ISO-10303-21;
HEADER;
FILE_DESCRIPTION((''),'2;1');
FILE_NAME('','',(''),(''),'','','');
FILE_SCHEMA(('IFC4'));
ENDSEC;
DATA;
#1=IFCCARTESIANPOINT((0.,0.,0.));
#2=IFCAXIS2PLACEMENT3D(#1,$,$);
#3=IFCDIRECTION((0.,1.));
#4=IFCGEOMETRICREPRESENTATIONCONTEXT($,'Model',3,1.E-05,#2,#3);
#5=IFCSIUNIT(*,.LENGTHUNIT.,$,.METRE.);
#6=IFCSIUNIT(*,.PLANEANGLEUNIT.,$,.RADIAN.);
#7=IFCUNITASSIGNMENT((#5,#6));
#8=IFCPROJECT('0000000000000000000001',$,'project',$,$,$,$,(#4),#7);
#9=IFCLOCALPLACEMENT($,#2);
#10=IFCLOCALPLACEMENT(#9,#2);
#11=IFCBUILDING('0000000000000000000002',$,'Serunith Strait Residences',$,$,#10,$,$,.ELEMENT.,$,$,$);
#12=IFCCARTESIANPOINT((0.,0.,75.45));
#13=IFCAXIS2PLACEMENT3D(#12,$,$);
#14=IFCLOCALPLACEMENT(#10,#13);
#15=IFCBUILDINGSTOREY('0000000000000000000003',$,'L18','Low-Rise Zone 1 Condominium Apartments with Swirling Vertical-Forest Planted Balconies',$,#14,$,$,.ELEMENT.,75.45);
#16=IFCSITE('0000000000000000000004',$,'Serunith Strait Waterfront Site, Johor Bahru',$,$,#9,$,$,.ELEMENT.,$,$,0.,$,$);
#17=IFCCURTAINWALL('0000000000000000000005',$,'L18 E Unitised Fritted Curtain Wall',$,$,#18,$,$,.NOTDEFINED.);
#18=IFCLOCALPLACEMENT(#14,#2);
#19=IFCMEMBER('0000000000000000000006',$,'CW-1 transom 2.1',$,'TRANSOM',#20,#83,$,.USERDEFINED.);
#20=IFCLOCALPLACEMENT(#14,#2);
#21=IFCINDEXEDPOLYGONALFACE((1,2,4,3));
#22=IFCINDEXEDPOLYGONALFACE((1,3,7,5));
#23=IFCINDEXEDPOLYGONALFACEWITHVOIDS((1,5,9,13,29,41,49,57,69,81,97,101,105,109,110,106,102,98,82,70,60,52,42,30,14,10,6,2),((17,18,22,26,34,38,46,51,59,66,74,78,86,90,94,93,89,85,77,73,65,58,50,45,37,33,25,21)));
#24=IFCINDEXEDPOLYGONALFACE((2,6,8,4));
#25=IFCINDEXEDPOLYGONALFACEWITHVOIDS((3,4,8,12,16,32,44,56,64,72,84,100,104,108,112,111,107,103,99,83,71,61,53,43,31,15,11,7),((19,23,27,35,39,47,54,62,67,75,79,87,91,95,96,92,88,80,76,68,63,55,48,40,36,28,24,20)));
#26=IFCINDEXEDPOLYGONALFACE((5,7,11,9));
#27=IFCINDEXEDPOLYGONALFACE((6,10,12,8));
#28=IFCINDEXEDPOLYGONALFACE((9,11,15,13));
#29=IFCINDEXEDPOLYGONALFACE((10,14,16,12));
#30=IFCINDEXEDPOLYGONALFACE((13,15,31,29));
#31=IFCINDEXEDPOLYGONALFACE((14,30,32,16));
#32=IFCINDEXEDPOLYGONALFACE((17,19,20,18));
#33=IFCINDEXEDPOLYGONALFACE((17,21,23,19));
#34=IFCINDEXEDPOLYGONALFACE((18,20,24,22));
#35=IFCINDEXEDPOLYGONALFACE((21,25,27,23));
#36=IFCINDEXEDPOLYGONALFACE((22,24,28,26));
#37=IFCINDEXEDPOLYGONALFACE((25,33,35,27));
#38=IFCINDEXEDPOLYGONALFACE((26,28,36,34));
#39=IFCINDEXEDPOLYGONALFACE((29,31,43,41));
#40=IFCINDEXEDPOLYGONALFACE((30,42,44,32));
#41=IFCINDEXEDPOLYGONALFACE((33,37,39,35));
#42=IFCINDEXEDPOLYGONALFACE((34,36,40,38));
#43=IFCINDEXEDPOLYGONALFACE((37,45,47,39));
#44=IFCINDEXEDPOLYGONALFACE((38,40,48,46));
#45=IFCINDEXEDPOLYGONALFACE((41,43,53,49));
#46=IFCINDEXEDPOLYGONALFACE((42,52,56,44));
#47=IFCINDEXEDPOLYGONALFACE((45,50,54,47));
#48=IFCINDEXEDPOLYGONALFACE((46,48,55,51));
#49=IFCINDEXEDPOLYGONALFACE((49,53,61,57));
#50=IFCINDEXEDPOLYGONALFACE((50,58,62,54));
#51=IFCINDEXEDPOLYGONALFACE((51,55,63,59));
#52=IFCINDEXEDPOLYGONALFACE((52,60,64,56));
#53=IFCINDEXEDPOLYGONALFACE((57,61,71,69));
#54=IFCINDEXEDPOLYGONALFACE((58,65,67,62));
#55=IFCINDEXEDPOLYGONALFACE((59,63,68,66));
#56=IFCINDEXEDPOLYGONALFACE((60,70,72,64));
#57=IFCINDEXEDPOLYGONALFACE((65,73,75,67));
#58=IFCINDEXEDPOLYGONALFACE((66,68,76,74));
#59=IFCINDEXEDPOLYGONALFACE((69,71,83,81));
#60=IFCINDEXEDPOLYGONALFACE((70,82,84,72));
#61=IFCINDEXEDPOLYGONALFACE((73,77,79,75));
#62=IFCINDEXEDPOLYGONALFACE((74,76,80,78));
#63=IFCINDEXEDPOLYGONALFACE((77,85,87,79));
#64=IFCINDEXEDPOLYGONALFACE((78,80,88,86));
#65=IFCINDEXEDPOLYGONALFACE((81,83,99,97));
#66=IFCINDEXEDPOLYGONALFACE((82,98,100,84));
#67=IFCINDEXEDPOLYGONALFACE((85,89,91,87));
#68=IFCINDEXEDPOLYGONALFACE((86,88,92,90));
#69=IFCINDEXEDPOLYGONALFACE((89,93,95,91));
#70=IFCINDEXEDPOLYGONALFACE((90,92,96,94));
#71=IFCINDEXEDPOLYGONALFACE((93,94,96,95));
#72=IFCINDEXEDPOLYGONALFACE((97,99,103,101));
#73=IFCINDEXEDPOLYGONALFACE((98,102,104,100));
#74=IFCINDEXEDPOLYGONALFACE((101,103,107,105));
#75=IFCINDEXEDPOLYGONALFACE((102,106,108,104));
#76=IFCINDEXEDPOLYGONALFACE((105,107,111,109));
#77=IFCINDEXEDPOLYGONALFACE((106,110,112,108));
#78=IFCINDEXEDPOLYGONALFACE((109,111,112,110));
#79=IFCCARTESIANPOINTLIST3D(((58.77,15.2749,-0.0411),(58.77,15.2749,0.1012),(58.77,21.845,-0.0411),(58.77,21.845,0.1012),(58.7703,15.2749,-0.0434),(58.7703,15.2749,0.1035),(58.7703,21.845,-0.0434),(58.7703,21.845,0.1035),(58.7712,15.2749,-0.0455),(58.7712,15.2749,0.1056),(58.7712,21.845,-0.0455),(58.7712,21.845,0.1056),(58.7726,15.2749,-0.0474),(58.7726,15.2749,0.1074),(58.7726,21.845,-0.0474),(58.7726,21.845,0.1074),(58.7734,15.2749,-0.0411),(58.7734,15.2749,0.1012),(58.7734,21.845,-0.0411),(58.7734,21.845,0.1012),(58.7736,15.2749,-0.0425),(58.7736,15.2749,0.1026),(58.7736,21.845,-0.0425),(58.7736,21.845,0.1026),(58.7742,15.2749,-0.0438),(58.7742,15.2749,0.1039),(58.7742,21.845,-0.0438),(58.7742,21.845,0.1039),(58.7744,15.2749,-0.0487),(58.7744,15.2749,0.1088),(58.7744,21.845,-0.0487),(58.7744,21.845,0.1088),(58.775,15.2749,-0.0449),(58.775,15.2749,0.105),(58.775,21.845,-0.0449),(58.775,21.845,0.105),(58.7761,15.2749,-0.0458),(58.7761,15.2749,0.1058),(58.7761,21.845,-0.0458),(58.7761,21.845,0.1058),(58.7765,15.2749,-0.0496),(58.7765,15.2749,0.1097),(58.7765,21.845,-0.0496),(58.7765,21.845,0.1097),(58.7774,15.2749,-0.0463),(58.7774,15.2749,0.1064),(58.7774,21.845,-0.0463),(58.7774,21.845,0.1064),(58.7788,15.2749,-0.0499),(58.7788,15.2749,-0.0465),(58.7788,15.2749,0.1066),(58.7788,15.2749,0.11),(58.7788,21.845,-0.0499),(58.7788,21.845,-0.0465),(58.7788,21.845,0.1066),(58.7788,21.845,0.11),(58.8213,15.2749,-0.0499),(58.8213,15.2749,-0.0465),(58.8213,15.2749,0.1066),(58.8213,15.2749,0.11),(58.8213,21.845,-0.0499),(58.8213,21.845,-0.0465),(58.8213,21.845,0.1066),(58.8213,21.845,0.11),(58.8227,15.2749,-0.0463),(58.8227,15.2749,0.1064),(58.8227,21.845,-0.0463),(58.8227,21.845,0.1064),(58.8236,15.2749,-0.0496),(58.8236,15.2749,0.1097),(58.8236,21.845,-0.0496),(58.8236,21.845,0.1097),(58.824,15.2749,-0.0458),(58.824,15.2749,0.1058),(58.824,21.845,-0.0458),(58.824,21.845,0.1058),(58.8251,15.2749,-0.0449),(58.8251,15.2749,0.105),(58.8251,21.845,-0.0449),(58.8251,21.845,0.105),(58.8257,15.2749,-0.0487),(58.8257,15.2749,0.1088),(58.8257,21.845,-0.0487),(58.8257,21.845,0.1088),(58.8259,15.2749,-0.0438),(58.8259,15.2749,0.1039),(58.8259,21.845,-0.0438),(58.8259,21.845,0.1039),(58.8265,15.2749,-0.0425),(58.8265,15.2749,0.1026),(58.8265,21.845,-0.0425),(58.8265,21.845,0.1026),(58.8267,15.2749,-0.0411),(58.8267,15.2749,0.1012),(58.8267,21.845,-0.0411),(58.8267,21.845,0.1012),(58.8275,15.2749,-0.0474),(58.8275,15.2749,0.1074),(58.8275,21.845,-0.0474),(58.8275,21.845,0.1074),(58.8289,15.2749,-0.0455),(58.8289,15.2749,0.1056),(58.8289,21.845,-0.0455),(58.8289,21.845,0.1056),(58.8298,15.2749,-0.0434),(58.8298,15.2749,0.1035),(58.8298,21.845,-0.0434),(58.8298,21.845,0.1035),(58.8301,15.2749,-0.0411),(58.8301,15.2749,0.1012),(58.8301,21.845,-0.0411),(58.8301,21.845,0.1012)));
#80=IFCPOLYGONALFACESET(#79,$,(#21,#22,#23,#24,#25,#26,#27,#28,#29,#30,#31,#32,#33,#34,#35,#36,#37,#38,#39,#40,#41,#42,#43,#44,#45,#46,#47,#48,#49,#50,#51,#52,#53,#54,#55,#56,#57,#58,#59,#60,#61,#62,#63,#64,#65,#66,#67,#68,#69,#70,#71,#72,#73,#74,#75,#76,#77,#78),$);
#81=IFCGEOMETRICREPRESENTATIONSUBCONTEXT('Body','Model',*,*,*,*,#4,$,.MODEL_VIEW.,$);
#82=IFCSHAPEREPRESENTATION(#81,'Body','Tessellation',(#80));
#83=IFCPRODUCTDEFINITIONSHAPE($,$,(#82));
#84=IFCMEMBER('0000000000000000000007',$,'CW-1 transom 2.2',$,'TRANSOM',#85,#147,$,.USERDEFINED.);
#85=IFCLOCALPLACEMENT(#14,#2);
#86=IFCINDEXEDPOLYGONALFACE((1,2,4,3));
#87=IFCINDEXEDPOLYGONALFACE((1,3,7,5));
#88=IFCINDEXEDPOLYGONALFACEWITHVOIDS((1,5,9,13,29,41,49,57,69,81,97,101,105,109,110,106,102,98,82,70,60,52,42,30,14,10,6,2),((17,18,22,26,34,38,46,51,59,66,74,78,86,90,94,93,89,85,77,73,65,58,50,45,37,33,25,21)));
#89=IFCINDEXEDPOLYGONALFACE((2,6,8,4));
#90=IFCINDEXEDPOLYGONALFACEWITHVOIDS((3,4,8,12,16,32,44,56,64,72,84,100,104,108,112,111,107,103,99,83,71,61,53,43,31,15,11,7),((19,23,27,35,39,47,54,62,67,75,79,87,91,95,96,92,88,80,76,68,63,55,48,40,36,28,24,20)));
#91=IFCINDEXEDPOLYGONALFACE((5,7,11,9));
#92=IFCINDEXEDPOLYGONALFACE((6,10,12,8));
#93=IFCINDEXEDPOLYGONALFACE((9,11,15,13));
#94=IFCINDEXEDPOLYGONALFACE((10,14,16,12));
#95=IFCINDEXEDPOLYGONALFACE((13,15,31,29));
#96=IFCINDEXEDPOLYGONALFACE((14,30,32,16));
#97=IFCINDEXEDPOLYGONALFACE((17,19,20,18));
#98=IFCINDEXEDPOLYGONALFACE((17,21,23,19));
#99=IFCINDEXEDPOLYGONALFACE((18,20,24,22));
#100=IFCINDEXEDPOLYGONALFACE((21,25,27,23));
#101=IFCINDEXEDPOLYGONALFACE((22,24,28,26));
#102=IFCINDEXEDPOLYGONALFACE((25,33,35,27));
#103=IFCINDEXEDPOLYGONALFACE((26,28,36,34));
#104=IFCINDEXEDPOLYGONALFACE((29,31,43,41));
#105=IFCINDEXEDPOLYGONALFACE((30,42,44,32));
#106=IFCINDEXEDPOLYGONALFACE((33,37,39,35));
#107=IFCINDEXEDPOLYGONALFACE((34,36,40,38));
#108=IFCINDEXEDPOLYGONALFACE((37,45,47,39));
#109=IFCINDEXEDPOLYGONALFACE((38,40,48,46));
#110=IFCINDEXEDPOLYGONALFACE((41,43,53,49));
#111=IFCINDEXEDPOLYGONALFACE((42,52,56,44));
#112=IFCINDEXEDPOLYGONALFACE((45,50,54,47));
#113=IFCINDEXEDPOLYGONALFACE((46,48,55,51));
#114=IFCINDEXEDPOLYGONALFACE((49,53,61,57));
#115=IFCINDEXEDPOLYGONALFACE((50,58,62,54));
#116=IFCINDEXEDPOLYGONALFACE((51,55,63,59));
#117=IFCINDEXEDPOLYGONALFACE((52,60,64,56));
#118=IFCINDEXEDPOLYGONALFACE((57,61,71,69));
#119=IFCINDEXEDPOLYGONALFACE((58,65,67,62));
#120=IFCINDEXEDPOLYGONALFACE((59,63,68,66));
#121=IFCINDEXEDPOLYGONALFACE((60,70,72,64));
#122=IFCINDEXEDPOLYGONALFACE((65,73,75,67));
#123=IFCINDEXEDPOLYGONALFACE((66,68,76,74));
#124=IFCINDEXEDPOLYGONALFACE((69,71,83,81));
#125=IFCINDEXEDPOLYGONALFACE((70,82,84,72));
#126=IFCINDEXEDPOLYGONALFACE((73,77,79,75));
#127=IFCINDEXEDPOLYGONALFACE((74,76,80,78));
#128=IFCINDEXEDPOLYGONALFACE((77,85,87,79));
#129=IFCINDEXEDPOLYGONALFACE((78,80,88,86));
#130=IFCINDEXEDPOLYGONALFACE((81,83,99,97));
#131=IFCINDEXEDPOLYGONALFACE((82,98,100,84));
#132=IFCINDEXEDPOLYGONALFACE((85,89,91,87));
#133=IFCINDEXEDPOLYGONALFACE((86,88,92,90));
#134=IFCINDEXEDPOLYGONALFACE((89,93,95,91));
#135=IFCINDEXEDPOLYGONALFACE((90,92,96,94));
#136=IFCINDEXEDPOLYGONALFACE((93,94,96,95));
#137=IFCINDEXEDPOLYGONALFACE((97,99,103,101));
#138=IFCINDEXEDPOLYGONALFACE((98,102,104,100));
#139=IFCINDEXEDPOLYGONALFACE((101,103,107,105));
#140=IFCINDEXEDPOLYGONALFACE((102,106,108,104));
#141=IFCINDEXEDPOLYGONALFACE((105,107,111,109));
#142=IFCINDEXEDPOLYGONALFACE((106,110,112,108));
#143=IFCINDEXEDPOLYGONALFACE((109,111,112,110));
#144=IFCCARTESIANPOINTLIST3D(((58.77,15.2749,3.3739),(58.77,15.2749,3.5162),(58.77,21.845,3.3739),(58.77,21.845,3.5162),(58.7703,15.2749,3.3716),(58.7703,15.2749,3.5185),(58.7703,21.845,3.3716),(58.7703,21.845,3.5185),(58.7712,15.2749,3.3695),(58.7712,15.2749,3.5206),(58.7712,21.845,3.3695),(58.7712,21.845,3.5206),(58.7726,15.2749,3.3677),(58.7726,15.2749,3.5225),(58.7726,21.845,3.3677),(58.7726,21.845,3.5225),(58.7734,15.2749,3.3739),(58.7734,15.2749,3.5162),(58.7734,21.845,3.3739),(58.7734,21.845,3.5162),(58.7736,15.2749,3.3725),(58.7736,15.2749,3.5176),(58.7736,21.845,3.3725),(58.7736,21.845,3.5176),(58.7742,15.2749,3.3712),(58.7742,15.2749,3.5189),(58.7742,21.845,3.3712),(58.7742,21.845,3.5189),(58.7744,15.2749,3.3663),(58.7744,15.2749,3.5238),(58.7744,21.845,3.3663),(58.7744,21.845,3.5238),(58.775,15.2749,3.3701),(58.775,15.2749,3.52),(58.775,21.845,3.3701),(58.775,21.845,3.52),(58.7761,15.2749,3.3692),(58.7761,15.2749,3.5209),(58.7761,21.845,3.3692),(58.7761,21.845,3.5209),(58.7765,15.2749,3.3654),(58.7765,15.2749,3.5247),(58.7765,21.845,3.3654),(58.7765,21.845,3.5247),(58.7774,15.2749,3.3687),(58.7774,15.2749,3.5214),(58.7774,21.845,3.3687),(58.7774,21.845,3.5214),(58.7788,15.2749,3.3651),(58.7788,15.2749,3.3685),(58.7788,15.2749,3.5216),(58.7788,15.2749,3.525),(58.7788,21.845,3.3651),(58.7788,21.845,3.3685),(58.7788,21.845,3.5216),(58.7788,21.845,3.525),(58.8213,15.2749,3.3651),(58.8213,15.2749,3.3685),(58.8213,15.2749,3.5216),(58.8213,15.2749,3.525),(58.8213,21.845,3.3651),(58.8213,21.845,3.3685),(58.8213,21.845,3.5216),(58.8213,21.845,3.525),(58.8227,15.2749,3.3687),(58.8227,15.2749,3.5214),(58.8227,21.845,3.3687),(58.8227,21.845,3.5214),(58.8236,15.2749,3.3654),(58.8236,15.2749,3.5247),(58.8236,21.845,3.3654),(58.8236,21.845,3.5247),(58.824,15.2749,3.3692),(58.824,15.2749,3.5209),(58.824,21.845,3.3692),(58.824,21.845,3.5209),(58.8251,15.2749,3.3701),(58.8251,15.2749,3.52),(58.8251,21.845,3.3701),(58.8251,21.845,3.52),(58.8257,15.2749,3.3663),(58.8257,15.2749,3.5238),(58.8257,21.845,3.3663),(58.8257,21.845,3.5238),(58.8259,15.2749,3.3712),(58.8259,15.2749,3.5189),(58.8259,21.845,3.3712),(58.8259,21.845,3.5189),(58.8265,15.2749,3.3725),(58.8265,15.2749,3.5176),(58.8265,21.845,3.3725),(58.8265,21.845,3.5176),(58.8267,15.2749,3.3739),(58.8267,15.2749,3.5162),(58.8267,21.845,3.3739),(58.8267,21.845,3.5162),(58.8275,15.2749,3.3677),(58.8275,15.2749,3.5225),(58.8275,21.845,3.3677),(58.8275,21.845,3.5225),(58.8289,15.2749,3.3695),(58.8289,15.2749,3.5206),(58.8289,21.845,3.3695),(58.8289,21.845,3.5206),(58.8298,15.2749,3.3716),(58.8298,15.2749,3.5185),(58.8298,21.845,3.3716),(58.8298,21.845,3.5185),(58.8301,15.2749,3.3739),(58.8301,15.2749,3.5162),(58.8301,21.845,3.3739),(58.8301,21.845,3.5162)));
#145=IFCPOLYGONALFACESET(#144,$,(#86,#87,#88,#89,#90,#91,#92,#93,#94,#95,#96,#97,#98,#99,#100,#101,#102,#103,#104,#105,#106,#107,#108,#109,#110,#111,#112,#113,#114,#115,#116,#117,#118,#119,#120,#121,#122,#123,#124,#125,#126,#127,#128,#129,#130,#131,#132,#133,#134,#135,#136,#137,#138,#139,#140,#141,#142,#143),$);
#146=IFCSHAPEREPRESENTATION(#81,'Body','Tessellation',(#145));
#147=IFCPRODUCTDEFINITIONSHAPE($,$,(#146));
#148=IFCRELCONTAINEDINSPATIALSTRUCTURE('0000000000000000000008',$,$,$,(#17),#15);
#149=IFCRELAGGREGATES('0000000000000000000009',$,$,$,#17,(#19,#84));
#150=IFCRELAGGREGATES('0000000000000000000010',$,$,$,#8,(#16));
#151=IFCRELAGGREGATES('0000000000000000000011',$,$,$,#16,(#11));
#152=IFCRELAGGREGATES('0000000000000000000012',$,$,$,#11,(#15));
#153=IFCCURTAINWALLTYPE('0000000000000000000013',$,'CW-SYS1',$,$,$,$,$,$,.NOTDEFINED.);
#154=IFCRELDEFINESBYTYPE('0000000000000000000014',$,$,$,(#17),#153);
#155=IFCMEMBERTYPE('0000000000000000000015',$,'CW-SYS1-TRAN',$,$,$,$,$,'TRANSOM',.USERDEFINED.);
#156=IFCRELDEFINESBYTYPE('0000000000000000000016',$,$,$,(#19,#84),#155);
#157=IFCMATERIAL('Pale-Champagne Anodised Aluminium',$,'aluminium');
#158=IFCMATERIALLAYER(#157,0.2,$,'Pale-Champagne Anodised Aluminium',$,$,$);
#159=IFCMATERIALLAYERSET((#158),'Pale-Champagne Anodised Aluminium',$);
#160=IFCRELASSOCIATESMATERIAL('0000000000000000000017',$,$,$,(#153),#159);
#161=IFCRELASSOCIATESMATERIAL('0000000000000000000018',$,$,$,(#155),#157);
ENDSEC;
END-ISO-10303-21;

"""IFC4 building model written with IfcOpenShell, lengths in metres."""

from ifc_helpers import new_model, si_unit, direction, frame, origin, origin_2d, place, context, subcontext, project, spatial, hollow_rectangle, extrude, source, transform, mapped, material, layer, layer_set, material_profile, profile_set, type_object, element, aggregate, save


model = new_model("IFC4")

# Units and contexts
model_context = context("Model", 3, precision=1e-05, world=origin(), true_north=direction((0.0, 1.0)))
body_context = subcontext(model_context, "Body", "Model", "MODEL_VIEW")
ifc_project = project(units=[si_unit("LENGTHUNIT", "METRE"), si_unit("PLANEANGLEUNIT", "RADIAN")], contexts=[model_context])

# Site, building, storey
site_placement = place(None, origin())
site = spatial("IfcSite", under=ifc_project, at=site_placement, Name="Serunith Strait Waterfront Site, Johor Bahru", CompositionType="ELEMENT", RefElevation=0.0)
building_placement = place(site_placement, origin())
building = spatial("IfcBuilding", under=site, at=building_placement, Name="Serunith Strait Residences", CompositionType="ELEMENT")
storey_placement = place(building_placement, frame((0.0, 0.0, 75.45)))
storey = spatial("IfcBuildingStorey", under=building, at=storey_placement, Name="L18", Description="Low-Rise Zone 1 Condominium Apartments with Swirling Vertical-Forest Planted Balconies", CompositionType="ELEMENT", Elevation=75.45)

# Curtain wall, members
ifc_material_1 = material(Name="Pale-Champagne Anodised Aluminium", Category="aluminium")
ifc_layer_1 = layer(ifc_material_1, 0.2, Name="Pale-Champagne Anodised Aluminium")
ifc_layer_set_1 = layer_set([ifc_layer_1], Name="Pale-Champagne Anodised Aluminium")
curtain_wall_type = type_object("IfcCurtainWallType", Name="CW-SYS1", PredefinedType="NOTDEFINED", material=ifc_layer_set_1)
curtain_wall_placement = place(storey_placement, origin())
curtain_wall = element("IfcCurtainWall", 1, at=curtain_wall_placement, inside=storey, type_object=curtain_wall_type, Name="L18 E Unitised Fritted Curtain Wall", PredefinedType="NOTDEFINED")
ifc_material_profile_1 = material_profile(ifc_material_1, hollow_rectangle(XDim=0.0601, YDim=0.1599, WallThickness=0.0034, InnerFilletRadius=0.0054, OuterFilletRadius=0.0088, at=origin_2d()), Name="ALU 160x60x3.5")
ifc_profile_set_1 = profile_set([ifc_material_profile_1], Name="Pale-Champagne Anodised Aluminium")
member_type_1 = type_object("IfcMemberType", Name="CW-SYS1-TRAN", ElementType="TRANSOM", PredefinedType="USERDEFINED", material=ifc_profile_set_1)
shared_shape_1 = source(origin(), body_context, "Body", "SweptSolid", [
    extrude(hollow_rectangle(XDim=0.0601, YDim=0.1599, WallThickness=0.0034, InnerFilletRadius=0.0054, OuterFilletRadius=0.0088, at=origin_2d()), origin(), (0.0, 0.0, 1.0), 6.5701),
])
member_1_placement = place(storey_placement, frame((58.8, 15.2749, 0.03), z_axis=(0.0, 1.0, 0.0), x_axis=(-1.0, 0.0, 0.0)))
member_1 = element("IfcMember", 2, at=member_1_placement, type_object=member_type_1, Name="CW-1 transom 2.1", ObjectType="TRANSOM", PredefinedType="USERDEFINED", context=body_context, shape_type="MappedRepresentation", body=[
    mapped(shared_shape_1, transform((0.0, 0.0, 0.0), scale=1.0)),
])
member_2_placement = place(storey_placement, frame((58.8, 15.2749, 3.4451), z_axis=(0.0, 1.0, 0.0), x_axis=(-1.0, 0.0, 0.0)))
member_2 = element("IfcMember", 3, at=member_2_placement, type_object=member_type_1, Name="CW-1 transom 2.2", ObjectType="TRANSOM", PredefinedType="USERDEFINED", context=body_context, shape_type="MappedRepresentation", body=[
    mapped(shared_shape_1, transform((0.0, 0.0, 0.0), scale=1.0)),
])
aggregate(curtain_wall, [member_1, member_2])

save(model, "model.ifc")
